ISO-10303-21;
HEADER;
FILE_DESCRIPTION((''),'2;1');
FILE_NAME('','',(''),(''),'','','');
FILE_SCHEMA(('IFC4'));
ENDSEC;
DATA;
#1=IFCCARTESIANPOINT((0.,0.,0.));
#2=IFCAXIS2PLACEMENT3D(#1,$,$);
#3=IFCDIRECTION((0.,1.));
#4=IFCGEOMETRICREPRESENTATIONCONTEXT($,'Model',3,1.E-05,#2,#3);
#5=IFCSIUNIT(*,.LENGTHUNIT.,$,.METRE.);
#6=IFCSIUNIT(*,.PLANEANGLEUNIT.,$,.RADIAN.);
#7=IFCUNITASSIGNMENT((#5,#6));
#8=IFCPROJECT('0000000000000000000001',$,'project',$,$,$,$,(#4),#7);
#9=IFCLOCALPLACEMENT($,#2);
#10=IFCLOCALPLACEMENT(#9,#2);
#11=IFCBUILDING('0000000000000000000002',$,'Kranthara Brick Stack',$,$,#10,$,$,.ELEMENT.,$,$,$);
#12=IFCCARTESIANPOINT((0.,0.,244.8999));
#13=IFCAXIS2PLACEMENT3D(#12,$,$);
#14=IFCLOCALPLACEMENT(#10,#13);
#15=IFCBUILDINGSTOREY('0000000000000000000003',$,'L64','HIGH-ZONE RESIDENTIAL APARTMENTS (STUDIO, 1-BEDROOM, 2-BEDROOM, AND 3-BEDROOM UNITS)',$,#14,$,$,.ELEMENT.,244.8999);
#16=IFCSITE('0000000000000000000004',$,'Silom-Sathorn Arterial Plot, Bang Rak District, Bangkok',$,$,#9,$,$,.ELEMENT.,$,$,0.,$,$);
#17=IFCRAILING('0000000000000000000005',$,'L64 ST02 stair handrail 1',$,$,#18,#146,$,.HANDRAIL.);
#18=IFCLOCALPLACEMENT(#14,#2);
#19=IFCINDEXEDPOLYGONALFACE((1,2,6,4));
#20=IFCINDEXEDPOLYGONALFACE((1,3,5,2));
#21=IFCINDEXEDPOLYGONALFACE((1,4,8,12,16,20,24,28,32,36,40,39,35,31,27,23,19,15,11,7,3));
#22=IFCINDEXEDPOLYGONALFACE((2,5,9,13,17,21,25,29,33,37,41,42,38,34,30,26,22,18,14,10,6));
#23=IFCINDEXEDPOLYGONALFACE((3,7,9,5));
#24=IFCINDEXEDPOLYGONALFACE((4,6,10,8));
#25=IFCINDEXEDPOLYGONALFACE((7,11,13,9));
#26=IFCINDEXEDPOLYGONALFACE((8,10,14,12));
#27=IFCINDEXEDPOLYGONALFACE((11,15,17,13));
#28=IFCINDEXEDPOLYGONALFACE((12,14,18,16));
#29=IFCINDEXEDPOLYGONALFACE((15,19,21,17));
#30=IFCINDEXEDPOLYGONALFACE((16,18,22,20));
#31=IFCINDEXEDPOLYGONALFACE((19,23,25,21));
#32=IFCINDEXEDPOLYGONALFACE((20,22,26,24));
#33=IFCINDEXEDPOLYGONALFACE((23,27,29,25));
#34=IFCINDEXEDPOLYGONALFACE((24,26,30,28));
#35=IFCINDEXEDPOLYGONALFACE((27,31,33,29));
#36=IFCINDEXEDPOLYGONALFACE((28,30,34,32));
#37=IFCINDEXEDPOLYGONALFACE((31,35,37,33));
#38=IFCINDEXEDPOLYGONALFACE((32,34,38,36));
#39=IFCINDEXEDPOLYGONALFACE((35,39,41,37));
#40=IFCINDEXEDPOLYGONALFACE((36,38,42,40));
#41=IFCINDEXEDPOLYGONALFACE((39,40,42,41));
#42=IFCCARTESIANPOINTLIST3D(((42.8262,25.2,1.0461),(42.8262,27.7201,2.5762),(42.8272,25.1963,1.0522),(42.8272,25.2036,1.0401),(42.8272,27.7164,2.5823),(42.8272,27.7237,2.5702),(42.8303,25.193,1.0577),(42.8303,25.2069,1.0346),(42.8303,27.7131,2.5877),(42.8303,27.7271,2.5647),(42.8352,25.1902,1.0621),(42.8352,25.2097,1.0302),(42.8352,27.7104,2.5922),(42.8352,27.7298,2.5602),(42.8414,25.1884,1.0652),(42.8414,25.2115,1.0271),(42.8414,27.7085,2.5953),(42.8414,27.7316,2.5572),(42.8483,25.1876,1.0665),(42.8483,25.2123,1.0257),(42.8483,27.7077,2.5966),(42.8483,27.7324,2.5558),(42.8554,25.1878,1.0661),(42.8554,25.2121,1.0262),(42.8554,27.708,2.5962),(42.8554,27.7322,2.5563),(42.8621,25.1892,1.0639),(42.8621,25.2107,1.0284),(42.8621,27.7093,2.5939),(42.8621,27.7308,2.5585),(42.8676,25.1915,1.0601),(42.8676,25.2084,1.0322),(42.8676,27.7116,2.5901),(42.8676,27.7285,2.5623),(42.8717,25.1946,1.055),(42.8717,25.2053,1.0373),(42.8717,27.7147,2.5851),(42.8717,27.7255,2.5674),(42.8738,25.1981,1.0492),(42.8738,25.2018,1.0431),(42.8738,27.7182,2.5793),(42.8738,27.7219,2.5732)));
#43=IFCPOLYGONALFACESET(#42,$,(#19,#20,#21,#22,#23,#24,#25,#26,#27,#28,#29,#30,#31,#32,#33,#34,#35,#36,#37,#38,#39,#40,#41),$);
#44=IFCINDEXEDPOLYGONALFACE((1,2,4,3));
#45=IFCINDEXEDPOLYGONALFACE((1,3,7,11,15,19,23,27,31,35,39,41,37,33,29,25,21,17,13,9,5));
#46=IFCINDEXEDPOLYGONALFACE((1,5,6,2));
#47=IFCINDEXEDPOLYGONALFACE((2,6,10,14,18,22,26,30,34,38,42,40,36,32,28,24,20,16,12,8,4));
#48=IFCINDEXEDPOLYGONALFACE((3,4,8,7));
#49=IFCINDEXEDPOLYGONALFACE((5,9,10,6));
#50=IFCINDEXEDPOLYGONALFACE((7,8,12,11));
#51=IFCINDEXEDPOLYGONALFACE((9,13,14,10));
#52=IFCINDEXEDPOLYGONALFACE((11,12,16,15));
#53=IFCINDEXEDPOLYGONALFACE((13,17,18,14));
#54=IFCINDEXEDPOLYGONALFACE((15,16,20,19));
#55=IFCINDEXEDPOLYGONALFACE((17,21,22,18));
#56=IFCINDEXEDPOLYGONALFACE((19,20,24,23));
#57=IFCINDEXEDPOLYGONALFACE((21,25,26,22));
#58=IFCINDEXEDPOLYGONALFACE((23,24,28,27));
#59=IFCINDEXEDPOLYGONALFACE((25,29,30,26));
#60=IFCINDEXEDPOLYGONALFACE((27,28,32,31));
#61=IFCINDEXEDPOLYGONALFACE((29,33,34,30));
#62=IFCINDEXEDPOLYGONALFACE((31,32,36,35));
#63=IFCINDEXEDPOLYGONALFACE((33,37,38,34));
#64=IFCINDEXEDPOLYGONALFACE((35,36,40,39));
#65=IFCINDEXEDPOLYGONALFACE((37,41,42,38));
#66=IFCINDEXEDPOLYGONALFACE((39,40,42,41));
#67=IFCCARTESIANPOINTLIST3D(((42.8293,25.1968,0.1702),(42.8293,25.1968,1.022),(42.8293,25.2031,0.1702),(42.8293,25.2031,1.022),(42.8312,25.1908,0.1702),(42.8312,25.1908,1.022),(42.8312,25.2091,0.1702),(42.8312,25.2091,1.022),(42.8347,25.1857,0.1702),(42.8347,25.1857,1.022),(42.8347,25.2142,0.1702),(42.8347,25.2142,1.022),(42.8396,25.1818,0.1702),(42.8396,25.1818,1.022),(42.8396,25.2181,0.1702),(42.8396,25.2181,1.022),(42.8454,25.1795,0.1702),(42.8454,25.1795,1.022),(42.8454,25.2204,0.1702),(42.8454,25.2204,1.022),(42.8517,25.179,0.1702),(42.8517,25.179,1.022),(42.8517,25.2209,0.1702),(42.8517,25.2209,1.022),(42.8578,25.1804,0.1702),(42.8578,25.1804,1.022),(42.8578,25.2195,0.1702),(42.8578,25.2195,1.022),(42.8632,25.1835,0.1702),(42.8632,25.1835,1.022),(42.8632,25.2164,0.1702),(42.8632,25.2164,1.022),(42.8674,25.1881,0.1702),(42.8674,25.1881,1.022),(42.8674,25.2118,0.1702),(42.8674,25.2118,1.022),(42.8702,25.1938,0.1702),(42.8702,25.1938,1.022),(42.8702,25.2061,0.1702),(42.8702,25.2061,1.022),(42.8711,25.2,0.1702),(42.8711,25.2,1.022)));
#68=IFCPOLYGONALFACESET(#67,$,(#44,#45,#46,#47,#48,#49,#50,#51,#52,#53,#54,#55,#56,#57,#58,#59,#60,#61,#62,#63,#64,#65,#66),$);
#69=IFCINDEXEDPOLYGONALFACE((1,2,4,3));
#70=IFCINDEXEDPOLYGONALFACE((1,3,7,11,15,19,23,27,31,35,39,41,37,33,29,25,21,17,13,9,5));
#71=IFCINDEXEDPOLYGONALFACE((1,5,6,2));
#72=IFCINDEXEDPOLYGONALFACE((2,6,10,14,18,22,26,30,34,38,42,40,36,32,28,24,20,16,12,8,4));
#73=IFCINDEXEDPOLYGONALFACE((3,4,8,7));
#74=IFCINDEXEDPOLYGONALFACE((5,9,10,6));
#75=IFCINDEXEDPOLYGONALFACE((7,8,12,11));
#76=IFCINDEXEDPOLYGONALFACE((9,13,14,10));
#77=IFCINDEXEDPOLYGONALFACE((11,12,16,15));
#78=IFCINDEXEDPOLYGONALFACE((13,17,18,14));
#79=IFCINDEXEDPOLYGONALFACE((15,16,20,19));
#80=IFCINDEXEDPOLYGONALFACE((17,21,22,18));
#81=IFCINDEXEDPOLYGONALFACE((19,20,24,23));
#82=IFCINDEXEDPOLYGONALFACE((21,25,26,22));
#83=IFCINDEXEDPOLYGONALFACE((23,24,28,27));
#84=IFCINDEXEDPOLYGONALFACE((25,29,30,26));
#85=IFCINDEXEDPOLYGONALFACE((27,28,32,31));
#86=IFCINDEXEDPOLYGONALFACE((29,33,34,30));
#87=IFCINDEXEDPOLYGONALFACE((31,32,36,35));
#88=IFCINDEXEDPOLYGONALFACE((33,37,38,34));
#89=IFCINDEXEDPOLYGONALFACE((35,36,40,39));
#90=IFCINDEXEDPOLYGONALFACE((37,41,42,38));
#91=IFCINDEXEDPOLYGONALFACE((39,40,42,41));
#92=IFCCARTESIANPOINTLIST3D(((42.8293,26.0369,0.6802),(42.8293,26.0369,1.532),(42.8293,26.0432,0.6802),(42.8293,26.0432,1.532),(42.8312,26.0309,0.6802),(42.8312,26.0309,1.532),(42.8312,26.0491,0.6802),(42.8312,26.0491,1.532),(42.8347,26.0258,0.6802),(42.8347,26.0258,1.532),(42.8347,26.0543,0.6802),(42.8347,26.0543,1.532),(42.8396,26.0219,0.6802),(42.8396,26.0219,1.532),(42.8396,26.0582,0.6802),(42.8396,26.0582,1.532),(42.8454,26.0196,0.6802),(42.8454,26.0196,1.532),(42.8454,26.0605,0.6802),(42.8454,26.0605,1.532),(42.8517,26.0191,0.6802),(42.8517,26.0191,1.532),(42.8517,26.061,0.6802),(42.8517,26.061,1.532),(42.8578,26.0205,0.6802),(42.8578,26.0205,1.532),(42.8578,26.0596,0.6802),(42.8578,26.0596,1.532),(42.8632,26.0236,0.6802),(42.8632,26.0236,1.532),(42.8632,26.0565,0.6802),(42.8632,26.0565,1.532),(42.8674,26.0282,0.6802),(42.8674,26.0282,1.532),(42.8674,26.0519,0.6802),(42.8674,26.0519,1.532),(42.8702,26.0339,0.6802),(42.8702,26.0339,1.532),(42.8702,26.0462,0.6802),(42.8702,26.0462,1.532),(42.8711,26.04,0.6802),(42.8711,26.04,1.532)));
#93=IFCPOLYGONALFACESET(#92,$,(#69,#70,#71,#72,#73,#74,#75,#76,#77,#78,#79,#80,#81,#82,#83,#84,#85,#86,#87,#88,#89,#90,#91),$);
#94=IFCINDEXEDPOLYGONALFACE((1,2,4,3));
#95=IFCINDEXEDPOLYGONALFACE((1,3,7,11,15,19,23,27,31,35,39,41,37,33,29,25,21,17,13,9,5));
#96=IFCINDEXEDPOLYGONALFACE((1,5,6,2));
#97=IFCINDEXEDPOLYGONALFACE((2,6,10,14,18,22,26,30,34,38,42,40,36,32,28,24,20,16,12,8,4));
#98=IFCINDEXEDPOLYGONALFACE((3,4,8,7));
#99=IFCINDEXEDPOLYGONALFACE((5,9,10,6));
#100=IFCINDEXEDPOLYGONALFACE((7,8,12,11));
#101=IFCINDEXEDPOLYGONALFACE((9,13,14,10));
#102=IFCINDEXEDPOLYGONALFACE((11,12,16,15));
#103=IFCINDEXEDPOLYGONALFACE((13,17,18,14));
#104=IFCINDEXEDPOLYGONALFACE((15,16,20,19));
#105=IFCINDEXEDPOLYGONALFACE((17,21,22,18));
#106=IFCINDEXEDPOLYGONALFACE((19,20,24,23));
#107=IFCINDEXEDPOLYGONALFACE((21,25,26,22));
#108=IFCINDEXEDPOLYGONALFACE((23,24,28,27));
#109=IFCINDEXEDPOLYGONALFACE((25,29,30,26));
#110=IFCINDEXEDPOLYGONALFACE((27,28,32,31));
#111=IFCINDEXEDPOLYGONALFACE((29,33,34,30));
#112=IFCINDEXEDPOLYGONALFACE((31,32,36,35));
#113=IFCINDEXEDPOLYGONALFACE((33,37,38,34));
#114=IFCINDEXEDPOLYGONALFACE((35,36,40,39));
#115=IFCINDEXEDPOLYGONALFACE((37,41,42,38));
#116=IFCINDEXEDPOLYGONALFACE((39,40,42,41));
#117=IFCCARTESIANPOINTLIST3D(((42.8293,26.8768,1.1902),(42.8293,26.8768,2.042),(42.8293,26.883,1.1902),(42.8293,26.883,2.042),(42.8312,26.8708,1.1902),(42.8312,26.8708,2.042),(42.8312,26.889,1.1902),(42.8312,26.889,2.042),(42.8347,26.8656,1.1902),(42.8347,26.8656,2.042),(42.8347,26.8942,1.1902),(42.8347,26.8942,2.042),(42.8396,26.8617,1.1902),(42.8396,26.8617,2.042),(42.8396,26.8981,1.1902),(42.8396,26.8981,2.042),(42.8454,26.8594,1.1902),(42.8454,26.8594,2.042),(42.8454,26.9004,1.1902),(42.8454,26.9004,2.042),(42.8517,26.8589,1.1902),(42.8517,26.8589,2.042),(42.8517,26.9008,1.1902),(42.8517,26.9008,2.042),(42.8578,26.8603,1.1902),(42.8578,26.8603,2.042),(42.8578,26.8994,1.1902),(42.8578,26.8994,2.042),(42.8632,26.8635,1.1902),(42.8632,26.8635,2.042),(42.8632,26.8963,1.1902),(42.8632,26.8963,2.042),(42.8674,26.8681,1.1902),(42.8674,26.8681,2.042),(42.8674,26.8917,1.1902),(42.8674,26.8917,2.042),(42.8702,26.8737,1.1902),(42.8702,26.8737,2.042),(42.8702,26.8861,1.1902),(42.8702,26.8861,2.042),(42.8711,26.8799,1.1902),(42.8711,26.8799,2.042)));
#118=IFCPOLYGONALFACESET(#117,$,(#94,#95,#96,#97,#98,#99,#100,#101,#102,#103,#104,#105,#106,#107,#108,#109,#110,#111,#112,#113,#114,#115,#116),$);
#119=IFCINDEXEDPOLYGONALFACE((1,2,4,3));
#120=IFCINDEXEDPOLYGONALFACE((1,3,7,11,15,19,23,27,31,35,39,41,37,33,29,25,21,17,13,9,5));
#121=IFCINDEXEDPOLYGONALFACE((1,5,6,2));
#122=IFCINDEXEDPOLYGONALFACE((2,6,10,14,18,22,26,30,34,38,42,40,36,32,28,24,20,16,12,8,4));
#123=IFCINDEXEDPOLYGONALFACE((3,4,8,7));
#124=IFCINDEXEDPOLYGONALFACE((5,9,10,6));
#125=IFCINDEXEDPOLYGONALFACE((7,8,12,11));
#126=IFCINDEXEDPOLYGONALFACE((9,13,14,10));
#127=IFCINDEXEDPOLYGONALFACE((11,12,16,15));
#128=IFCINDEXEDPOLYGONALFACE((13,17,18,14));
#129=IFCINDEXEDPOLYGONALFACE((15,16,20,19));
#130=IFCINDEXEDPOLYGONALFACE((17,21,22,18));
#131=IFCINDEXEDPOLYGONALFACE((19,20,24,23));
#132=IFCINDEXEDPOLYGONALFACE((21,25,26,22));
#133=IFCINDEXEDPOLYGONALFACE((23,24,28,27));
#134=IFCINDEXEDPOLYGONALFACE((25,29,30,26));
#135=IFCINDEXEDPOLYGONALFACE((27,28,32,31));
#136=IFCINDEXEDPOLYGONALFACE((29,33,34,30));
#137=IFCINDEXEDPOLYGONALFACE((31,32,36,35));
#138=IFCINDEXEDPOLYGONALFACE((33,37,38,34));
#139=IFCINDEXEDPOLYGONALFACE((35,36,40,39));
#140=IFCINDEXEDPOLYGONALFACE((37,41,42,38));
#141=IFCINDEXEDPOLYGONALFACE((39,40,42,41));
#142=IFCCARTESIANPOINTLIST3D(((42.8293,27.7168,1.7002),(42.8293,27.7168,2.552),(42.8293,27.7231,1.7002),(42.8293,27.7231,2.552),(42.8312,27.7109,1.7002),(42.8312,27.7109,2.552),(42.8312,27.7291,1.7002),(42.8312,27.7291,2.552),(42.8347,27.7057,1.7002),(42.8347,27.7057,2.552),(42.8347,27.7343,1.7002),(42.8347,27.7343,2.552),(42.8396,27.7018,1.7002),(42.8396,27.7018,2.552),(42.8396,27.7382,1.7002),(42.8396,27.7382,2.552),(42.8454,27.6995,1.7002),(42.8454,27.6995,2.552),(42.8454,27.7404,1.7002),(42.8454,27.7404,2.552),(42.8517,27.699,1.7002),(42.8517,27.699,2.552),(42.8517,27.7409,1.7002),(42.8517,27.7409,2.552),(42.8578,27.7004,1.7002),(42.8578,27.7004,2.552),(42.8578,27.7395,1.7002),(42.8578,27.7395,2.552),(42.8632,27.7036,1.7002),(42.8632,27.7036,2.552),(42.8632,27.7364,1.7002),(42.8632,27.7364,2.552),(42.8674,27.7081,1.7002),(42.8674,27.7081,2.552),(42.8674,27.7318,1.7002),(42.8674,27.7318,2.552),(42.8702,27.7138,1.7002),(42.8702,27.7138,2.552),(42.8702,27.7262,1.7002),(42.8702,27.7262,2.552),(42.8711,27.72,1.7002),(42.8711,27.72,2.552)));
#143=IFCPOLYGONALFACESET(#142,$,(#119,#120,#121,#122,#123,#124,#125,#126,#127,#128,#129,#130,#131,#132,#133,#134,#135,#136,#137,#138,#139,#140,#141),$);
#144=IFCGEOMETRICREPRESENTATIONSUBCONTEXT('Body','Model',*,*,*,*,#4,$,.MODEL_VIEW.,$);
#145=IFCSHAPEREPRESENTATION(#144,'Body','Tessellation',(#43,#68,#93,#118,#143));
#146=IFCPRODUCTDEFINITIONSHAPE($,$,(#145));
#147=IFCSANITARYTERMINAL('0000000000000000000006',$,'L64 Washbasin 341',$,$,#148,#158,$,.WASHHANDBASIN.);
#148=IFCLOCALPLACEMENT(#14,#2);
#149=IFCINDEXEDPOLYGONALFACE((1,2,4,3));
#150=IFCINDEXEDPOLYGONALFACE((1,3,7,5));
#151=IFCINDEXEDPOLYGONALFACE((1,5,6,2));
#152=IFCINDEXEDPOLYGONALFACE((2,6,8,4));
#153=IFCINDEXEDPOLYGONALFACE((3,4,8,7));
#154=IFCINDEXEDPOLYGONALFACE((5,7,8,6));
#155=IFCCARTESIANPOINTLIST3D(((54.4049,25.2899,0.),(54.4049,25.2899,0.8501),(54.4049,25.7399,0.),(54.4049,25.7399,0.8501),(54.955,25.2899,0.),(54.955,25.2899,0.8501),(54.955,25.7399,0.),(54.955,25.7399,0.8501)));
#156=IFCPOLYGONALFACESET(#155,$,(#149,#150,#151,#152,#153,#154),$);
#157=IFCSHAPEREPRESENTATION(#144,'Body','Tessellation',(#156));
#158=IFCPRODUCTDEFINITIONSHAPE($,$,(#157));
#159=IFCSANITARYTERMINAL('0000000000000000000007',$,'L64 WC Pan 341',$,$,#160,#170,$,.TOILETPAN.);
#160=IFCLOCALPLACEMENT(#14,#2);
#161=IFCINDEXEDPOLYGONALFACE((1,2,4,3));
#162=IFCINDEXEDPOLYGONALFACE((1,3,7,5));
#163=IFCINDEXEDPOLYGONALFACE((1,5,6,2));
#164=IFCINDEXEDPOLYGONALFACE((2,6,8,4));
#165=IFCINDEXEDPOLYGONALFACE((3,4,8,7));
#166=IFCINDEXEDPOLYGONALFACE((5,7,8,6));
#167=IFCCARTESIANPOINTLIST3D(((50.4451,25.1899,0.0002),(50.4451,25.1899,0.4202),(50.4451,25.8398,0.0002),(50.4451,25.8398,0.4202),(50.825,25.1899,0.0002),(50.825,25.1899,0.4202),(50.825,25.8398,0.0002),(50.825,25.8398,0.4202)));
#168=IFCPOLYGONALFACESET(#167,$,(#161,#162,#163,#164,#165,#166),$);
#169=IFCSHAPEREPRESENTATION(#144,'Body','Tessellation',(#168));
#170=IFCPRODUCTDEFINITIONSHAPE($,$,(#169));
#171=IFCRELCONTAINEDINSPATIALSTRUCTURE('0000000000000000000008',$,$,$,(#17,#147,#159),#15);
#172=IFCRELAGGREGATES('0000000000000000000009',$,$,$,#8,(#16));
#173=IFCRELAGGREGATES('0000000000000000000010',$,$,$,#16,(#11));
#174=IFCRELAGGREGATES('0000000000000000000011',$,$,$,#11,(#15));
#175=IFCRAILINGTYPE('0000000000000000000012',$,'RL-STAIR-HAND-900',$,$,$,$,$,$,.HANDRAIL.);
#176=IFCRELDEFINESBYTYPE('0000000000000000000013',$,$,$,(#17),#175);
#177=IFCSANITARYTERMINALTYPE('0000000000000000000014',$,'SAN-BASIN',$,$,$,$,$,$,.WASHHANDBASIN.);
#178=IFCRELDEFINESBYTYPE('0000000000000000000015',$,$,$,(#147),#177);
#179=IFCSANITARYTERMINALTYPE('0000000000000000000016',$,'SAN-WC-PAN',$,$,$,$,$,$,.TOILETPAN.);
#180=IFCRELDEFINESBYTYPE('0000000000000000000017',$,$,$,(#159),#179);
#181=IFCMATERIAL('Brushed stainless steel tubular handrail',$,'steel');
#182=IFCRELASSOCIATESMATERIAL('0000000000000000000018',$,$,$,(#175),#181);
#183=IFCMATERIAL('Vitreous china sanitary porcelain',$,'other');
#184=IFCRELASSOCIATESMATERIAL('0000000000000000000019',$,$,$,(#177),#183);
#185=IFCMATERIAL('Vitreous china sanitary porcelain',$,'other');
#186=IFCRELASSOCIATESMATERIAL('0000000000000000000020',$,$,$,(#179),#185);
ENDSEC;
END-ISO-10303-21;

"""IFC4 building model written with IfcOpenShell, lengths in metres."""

from ifc_helpers import new_model, si_unit, direction, frame, origin, origin_2d, place, context, subcontext, project, spatial, rectangle, circle, extrude, material, type_object, element, save


model = new_model("IFC4")

# Units and contexts
model_context = context("Model", 3, precision=1e-05, world=origin(), true_north=direction((0.0, 1.0)))
body_context = subcontext(model_context, "Body", "Model", "MODEL_VIEW")
ifc_project = project(units=[si_unit("LENGTHUNIT", "METRE"), si_unit("PLANEANGLEUNIT", "RADIAN")], contexts=[model_context])

# Site, building, storey
site_placement = place(None, origin())
site = spatial("IfcSite", under=ifc_project, at=site_placement, Name="Silom-Sathorn Arterial Plot, Bang Rak District, Bangkok", CompositionType="ELEMENT", RefElevation=0.0)
building_placement = place(site_placement, origin())
building = spatial("IfcBuilding", under=site, at=building_placement, Name="Kranthara Brick Stack", CompositionType="ELEMENT")
storey_placement = place(building_placement, frame((0.0, 0.0, 244.8999)))
storey = spatial("IfcBuildingStorey", under=building, at=storey_placement, Name="L64", Description="HIGH-ZONE RESIDENTIAL APARTMENTS (STUDIO, 1-BEDROOM, 2-BEDROOM, AND 3-BEDROOM UNITS)", CompositionType="ELEMENT", Elevation=244.8999)

# Railing
ifc_material_1 = material(Name="Brushed stainless steel tubular handrail", Category="steel")
railing_type_1 = type_object("IfcRailingType", Name="RL-STAIR-HAND-900", PredefinedType="HANDRAIL", material=ifc_material_1)
railing_1_placement = place(storey_placement, frame((42.8501, 25.2, 0.1702)))
element("IfcRailing", 1, at=railing_1_placement, inside=storey, type_object=railing_type_1, Name="L64 ST02 stair handrail 1", PredefinedType="HANDRAIL", context=body_context, shape_type="SweptSolid", body=[
    extrude(circle(Radius=0.0239, at=origin_2d()), frame((0.0, 0.0, 0.876), z_axis=(0.0, 0.854785, 0.518982), x_axis=(-1.0, 0.0, 0.0)), (0.0, 0.0, 1.0), 2.9482),
    extrude(circle(Radius=0.021, at=origin_2d()), origin(), (0.0, 0.0, 1.0), 0.8518),
    extrude(circle(Radius=0.021, at=origin_2d()), frame((0.0, 0.8401, 0.51)), (0.0, 0.0, 1.0), 0.8518),
    extrude(circle(Radius=0.021, at=origin_2d()), frame((0.0, 1.6799, 1.02)), (0.0, 0.0, 1.0), 0.8518),
    extrude(circle(Radius=0.021, at=origin_2d()), frame((0.0, 2.52, 1.53)), (0.0, 0.0, 1.0), 0.8518),
])

# Sanitary terminals
ifc_material_2 = material(Name="Vitreous china sanitary porcelain", Category="other")
sanitary_terminal_type_1 = type_object("IfcSanitaryTerminalType", Name="SAN-BASIN", PredefinedType="WASHHANDBASIN", material=ifc_material_2)
sanitary_terminal_1_placement = place(storey_placement, frame((54.6799, 25.5149, 0.0), z_axis=(0.0, 0.0, 1.0), x_axis=(1.0, 0.0, 0.0)))
element("IfcSanitaryTerminal", 2, at=sanitary_terminal_1_placement, inside=storey, type_object=sanitary_terminal_type_1, Name="L64 Washbasin 341", PredefinedType="WASHHANDBASIN", context=body_context, shape_type="SweptSolid", body=[
    extrude(rectangle(XDim=0.55, YDim=0.45, at=origin_2d()), origin(), (0.0, 0.0, 1.0), 0.8501),
])
ifc_material_3 = material(Name="Vitreous china sanitary porcelain", Category="other")
sanitary_terminal_type_2 = type_object("IfcSanitaryTerminalType", Name="SAN-WC-PAN", PredefinedType="TOILETPAN", material=ifc_material_3)
sanitary_terminal_2_placement = place(storey_placement, frame((50.635, 25.5149, 0.0002), z_axis=(0.0, 0.0, 1.0), x_axis=(1.0, 0.0, 0.0)))
element("IfcSanitaryTerminal", 3, at=sanitary_terminal_2_placement, inside=storey, type_object=sanitary_terminal_type_2, Name="L64 WC Pan 341", PredefinedType="TOILETPAN", context=body_context, shape_type="SweptSolid", body=[
    extrude(rectangle(XDim=0.3799, YDim=0.6499, at=origin_2d()), origin(), (0.0, 0.0, 1.0), 0.4199),
])

save(model, "model.ifc")
